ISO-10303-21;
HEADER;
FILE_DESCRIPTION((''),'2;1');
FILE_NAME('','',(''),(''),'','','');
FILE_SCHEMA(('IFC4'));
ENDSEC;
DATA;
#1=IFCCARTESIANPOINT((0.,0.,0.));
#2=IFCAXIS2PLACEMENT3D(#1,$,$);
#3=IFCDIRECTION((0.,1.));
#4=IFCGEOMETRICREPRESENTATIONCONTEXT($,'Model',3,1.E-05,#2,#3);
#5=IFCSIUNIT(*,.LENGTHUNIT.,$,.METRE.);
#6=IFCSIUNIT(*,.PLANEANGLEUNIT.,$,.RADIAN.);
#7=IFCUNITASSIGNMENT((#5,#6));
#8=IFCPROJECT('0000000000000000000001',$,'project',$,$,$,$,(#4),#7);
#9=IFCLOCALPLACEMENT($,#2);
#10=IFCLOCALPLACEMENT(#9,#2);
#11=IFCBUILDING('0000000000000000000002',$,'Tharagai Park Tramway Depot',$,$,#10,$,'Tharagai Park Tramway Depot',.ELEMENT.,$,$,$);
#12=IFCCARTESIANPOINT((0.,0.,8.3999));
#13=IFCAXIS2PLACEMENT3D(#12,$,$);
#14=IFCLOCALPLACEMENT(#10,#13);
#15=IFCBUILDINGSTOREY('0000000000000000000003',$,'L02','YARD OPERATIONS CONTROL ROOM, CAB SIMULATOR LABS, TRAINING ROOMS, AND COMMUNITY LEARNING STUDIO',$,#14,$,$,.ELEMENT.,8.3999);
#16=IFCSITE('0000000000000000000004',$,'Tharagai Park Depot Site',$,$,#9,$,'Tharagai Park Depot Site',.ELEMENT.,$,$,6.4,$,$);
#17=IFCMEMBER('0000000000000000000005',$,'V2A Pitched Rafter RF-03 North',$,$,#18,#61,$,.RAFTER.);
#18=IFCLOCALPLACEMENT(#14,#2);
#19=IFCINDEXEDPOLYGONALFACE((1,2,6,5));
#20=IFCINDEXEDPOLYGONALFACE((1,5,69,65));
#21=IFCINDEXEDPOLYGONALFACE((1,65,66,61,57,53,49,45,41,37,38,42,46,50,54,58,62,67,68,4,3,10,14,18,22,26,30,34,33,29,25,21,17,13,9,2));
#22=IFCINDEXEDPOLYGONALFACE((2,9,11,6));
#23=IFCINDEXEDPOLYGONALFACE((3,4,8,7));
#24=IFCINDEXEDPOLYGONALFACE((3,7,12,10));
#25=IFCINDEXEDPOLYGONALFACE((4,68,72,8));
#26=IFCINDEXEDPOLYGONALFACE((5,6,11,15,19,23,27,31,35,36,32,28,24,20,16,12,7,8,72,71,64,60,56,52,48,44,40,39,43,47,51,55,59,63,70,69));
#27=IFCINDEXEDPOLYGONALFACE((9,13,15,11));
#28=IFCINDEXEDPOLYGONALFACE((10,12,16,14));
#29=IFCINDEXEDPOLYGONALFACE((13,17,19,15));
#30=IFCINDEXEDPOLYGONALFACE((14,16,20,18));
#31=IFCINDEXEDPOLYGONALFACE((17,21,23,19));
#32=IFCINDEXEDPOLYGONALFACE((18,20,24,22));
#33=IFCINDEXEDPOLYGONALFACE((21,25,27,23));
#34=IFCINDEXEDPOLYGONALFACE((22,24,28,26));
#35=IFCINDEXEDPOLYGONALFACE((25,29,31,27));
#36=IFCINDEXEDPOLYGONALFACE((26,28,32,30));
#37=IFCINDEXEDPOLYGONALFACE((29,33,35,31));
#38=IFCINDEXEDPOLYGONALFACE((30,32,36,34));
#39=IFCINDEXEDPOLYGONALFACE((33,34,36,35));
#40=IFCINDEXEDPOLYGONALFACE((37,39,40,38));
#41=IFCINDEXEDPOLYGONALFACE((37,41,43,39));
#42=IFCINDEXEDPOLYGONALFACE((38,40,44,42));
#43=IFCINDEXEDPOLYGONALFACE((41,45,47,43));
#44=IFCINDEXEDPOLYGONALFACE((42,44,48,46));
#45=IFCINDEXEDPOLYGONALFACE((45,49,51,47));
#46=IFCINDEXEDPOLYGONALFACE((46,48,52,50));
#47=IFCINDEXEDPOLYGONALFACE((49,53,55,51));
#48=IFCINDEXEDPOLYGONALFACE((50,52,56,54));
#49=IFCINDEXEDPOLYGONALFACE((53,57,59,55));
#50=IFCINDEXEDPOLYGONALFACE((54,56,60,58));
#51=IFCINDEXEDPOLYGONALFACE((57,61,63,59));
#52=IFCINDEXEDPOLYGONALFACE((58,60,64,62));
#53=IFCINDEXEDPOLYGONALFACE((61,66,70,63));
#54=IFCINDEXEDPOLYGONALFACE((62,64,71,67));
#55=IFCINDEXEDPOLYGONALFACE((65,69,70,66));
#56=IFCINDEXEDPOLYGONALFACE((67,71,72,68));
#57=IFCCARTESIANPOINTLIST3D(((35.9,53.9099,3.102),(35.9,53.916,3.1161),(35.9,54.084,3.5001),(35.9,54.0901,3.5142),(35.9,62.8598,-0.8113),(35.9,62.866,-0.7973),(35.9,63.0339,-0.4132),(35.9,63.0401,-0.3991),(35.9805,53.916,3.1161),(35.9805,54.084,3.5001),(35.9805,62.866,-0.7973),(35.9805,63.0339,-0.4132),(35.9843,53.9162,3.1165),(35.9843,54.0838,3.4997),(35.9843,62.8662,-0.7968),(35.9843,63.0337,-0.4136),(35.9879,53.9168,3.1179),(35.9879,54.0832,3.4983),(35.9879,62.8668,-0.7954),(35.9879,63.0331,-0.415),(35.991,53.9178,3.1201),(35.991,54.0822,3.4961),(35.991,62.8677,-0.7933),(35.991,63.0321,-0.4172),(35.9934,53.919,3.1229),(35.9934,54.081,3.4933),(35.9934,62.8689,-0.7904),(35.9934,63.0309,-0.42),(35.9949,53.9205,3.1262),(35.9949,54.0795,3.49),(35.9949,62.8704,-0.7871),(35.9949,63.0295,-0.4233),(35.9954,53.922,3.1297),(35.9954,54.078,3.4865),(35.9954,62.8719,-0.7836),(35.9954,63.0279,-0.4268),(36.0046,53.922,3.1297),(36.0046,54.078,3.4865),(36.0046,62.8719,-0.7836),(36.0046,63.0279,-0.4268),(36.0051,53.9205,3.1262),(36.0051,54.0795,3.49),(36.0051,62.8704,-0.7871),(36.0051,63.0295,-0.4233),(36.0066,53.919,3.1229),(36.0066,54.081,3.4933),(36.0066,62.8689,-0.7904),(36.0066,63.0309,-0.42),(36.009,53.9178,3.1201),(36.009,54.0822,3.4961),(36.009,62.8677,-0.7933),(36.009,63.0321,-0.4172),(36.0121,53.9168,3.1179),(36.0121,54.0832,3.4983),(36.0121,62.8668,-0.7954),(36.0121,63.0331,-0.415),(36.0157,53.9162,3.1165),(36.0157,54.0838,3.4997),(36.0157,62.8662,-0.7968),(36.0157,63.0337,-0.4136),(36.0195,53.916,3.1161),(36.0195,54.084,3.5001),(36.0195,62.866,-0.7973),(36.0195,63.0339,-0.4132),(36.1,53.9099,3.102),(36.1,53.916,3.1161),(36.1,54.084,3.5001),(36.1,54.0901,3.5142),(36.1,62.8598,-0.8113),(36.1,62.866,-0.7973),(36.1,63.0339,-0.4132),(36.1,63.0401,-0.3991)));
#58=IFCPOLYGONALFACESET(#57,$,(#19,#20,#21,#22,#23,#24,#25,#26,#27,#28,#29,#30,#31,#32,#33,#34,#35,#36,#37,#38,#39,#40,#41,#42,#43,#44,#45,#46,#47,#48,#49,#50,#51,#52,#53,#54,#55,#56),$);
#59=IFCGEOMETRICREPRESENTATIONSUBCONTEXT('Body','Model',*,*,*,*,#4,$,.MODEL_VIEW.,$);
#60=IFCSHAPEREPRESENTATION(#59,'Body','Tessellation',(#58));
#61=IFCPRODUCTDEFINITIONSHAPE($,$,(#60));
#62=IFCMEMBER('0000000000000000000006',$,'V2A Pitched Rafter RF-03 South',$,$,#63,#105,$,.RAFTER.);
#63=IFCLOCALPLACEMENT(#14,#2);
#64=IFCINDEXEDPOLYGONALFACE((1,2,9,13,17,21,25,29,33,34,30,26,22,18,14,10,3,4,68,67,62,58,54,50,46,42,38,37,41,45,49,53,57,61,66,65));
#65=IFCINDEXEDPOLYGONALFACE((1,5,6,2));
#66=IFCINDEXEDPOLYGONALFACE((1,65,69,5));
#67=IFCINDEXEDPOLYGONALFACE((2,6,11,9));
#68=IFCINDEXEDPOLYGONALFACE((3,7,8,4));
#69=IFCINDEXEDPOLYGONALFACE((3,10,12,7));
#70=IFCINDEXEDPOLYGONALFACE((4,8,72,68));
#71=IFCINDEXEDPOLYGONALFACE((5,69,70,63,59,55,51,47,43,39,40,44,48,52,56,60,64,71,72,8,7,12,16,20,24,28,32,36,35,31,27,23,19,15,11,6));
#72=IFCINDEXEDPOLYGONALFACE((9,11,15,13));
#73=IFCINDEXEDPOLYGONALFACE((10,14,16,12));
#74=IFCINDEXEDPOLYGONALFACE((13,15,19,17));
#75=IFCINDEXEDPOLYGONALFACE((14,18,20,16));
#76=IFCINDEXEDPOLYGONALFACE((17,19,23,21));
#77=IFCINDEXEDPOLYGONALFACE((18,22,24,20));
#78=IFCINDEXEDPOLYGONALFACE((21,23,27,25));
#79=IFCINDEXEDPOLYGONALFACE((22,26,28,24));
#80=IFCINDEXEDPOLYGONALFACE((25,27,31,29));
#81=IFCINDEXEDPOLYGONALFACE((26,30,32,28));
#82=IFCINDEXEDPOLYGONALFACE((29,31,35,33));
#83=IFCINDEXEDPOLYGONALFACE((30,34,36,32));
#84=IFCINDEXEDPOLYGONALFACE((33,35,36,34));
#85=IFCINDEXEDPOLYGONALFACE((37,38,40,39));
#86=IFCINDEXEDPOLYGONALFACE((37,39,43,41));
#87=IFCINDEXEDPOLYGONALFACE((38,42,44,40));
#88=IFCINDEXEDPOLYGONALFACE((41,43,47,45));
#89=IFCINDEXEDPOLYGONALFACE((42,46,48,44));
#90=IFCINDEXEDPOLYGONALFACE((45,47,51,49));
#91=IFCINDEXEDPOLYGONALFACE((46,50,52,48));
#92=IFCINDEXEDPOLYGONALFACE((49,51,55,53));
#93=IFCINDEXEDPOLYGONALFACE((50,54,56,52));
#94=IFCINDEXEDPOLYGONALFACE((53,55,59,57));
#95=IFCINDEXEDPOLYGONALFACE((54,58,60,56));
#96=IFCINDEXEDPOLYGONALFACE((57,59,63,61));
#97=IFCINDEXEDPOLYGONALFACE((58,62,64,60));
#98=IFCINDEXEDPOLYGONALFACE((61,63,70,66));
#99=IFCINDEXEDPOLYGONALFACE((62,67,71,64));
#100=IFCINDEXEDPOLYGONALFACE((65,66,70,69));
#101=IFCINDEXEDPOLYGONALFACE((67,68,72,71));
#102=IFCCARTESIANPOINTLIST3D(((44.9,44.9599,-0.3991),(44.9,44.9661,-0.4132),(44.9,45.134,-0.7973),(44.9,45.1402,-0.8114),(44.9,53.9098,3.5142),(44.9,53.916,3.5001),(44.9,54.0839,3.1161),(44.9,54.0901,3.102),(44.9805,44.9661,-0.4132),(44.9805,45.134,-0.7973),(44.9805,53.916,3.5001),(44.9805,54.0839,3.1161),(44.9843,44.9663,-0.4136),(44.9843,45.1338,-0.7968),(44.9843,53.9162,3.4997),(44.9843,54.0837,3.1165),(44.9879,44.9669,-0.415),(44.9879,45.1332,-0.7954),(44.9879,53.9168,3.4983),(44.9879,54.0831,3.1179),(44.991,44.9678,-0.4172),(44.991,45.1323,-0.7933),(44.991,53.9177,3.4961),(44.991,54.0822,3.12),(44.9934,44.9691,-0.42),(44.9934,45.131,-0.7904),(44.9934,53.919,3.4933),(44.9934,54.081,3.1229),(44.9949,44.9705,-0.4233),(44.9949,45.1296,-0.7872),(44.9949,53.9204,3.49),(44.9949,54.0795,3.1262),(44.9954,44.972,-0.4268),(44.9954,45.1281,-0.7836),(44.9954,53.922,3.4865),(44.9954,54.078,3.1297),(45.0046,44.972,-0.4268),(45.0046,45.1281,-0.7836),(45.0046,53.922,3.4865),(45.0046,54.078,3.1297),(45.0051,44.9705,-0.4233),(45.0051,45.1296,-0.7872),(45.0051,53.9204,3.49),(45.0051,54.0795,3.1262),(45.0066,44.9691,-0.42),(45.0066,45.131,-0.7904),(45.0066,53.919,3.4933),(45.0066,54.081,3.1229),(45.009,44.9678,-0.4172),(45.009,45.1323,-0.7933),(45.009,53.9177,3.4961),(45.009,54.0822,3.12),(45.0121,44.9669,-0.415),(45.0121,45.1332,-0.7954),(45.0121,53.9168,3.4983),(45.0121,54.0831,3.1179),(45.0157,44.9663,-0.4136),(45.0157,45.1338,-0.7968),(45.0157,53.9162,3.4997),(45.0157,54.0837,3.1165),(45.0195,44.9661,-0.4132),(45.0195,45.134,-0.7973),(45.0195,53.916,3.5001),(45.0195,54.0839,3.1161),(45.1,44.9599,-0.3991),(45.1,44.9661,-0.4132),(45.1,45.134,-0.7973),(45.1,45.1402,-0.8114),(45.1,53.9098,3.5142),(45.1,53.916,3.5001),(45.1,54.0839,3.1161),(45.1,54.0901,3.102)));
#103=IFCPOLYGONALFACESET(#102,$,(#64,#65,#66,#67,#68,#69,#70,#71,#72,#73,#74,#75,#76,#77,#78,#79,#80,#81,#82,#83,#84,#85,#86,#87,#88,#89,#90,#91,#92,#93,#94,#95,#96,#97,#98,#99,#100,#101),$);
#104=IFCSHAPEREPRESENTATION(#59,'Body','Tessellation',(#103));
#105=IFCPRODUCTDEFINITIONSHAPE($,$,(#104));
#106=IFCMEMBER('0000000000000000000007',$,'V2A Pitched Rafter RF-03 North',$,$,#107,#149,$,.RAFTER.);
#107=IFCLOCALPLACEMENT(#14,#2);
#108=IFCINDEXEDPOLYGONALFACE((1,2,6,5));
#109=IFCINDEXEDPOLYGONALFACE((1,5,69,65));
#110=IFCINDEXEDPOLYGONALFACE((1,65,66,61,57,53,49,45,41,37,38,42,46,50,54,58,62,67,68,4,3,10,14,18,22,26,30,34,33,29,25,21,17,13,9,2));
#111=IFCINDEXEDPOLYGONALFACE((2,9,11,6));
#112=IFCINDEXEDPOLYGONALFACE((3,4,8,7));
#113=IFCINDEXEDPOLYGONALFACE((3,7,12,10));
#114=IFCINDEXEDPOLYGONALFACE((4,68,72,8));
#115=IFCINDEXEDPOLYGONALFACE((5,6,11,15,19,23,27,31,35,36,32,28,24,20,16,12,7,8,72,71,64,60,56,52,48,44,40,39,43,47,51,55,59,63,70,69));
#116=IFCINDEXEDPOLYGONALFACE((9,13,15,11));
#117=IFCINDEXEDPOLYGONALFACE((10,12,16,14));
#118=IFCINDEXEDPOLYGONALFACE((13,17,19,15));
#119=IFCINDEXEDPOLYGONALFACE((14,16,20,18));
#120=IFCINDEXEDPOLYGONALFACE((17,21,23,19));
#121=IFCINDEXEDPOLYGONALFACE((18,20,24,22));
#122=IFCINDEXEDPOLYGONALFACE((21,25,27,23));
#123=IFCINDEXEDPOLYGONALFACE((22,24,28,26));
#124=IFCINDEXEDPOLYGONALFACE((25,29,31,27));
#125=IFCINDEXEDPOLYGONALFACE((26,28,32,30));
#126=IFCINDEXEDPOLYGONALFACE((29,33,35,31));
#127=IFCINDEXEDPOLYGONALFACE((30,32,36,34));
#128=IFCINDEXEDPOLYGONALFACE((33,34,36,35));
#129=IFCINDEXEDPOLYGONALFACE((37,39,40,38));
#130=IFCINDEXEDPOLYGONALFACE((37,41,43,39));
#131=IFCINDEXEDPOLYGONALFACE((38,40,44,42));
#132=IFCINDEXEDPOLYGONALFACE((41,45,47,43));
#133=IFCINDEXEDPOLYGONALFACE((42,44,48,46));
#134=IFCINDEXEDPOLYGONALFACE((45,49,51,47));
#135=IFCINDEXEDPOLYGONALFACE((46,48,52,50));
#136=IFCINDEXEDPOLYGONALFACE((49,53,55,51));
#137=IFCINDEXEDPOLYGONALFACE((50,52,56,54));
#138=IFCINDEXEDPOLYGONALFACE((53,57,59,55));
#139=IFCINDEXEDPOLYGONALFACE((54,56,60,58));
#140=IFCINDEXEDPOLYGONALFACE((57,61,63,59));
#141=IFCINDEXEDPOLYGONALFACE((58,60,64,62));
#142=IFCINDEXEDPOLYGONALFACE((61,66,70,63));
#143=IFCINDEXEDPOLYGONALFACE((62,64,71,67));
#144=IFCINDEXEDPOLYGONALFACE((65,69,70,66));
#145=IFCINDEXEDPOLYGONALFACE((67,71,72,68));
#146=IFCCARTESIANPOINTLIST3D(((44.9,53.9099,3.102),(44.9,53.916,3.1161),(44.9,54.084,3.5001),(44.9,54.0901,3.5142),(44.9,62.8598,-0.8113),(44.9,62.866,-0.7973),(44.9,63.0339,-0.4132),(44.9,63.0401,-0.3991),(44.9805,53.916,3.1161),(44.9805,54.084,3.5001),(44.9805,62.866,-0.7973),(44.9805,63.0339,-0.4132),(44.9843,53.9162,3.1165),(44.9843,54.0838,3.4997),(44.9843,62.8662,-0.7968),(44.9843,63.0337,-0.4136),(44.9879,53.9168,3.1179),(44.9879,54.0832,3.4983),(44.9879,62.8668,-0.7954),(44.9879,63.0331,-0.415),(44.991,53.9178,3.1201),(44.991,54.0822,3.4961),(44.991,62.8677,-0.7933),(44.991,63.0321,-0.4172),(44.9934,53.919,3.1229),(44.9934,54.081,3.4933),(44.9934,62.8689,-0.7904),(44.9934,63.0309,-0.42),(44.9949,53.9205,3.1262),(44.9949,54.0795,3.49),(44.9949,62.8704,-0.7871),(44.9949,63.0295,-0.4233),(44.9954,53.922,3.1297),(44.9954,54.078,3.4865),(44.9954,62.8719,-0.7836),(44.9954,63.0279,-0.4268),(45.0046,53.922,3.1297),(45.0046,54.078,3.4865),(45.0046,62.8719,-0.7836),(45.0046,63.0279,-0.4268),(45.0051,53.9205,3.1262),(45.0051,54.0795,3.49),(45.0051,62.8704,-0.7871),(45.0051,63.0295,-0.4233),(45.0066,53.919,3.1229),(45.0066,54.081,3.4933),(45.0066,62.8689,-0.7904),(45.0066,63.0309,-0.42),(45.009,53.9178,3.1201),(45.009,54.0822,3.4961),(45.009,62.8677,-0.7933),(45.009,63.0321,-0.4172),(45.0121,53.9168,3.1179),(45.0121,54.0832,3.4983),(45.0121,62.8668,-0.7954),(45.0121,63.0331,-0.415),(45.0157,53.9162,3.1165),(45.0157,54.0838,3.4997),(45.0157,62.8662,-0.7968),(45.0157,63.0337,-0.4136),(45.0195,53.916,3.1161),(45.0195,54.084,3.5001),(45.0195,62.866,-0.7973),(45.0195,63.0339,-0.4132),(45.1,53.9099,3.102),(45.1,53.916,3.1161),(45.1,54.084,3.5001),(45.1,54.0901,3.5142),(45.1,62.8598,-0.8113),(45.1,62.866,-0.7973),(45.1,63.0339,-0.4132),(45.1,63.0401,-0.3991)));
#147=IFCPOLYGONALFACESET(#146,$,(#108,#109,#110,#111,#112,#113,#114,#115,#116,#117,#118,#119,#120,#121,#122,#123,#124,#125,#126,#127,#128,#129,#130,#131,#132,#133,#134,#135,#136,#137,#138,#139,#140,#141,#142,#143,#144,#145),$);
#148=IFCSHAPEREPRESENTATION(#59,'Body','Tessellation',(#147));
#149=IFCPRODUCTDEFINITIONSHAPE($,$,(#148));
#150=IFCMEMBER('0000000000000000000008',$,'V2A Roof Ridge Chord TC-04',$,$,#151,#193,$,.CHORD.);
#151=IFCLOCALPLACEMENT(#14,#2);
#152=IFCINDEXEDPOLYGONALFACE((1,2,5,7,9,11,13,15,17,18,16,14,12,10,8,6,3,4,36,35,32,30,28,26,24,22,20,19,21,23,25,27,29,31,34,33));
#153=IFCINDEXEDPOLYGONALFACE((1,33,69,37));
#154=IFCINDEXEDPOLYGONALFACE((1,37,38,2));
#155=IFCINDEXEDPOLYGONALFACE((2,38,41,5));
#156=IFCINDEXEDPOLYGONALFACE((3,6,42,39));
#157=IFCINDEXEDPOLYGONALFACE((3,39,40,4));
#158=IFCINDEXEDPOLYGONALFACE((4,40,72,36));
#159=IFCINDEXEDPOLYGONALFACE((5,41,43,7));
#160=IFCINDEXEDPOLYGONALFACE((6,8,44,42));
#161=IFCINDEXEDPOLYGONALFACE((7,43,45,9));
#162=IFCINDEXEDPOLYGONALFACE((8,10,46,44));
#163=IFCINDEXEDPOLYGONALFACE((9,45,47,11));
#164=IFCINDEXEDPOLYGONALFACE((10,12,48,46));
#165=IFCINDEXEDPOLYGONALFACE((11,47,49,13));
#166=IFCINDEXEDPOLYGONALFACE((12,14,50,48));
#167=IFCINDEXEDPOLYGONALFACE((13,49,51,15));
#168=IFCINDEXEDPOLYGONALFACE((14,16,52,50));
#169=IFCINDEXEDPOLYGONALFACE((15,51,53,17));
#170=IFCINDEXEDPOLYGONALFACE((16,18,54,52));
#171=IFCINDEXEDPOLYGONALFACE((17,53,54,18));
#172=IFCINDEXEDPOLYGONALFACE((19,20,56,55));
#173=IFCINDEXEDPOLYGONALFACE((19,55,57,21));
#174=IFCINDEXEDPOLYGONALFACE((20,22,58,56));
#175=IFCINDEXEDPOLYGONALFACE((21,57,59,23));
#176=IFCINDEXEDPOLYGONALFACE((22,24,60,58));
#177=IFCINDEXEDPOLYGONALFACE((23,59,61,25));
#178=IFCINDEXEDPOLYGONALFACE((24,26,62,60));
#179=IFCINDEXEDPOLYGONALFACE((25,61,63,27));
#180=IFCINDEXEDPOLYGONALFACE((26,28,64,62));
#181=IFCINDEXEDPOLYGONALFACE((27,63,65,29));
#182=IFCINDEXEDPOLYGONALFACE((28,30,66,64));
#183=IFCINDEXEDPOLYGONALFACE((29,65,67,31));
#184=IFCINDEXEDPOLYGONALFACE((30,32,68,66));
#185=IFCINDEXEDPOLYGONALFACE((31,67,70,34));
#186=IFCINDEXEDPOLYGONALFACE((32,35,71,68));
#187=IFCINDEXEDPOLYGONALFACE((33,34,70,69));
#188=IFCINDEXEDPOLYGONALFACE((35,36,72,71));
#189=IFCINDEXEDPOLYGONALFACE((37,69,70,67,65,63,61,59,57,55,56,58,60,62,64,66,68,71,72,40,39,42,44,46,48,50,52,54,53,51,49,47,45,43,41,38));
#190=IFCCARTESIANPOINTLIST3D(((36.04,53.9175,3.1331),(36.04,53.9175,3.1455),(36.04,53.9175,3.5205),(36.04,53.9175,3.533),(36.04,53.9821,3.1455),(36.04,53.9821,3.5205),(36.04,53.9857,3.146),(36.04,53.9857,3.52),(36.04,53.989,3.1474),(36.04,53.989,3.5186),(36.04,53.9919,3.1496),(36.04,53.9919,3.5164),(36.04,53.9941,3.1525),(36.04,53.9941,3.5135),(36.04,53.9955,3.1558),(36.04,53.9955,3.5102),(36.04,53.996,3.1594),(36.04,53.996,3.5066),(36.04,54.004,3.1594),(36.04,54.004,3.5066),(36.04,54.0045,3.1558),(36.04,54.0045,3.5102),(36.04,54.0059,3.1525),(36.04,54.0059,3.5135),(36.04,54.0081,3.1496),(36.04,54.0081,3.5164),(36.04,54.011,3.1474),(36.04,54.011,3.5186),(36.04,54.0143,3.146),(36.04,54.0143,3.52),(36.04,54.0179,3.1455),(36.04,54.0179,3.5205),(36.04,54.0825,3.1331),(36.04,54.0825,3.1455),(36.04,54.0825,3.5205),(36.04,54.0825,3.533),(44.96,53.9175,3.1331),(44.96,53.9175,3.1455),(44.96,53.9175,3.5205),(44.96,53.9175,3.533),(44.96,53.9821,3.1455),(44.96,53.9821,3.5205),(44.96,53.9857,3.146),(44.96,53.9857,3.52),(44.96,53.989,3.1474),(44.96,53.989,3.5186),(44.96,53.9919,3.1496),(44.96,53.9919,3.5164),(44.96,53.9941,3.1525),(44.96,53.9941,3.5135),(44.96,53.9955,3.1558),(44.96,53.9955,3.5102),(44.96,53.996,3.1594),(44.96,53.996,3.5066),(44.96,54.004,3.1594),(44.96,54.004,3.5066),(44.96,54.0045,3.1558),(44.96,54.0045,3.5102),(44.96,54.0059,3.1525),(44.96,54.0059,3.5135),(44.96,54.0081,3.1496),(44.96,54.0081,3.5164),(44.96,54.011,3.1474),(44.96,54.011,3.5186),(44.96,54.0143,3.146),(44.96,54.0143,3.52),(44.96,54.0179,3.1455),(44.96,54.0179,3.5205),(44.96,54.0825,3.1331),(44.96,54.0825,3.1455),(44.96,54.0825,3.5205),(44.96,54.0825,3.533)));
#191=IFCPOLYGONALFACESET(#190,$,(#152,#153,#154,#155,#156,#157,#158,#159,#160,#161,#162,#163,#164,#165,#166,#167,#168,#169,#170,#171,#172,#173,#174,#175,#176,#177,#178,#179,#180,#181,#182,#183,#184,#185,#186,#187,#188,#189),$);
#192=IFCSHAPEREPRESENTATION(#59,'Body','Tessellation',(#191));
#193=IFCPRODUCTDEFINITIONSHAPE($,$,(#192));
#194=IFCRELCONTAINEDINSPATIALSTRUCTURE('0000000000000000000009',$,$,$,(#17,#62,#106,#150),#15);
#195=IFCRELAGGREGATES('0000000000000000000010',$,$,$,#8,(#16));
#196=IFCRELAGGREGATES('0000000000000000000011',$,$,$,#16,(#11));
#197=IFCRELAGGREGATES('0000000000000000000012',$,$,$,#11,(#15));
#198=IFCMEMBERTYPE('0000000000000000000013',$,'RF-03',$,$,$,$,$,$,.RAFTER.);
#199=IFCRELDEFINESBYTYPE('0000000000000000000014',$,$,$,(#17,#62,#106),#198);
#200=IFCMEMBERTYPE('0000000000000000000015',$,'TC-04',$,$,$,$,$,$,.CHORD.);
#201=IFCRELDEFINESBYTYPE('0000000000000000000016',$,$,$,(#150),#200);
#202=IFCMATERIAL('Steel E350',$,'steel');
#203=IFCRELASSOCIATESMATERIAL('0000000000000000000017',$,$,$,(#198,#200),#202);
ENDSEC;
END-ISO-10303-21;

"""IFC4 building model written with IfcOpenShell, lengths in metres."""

from ifc_helpers import new_model, si_unit, direction, frame, origin, origin_2d, place, context, subcontext, project, spatial, i_section, extrude, material, material_profile, profile_set, type_object, element, save


model = new_model("IFC4")

# Units and contexts
model_context = context("Model", 3, precision=1e-05, world=origin(), true_north=direction((0.0, 1.0)))
body_context = subcontext(model_context, "Body", "Model", "MODEL_VIEW")
ifc_project = project(units=[si_unit("LENGTHUNIT", "METRE"), si_unit("PLANEANGLEUNIT", "RADIAN")], contexts=[model_context])

# Site, building, storey
site_placement = place(None, origin())
site = spatial("IfcSite", under=ifc_project, at=site_placement, Name="Tharagai Park Depot Site", LongName="Tharagai Park Depot Site", CompositionType="ELEMENT", RefElevation=6.4)
building_placement = place(site_placement, origin())
building = spatial("IfcBuilding", under=site, at=building_placement, Name="Tharagai Park Tramway Depot", LongName="Tharagai Park Tramway Depot", CompositionType="ELEMENT")
storey_placement = place(building_placement, frame((0.0, 0.0, 8.3999)))
storey = spatial("IfcBuildingStorey", under=building, at=storey_placement, Name="L02", Description="YARD OPERATIONS CONTROL ROOM, CAB SIMULATOR LABS, TRAINING ROOMS, AND COMMUNITY LEARNING STUDIO", CompositionType="ELEMENT", Elevation=8.3999)

# Shared definitions
ifc_material_1 = material(Name="Steel E350", Category="steel")

# Members
ifc_material_profile_1 = material_profile(ifc_material_1, i_section(OverallWidth=0.2, OverallDepth=0.45, WebThickness=0.0093, FlangeThickness=0.0154, FilletRadius=0.0149, at=origin_2d()), Name="ISWB 450")
ifc_profile_set_1 = profile_set([ifc_material_profile_1], Name="Steel E350")
member_type_1 = type_object("IfcMemberType", Name="RF-03", PredefinedType="RAFTER", material=ifc_profile_set_1)
for number, where, z_axis, x_axis, name in (
    (1, (36.0, 54.0, 3.3081), (0.0, 0.916243, -0.400623), (-1.0, 0.0, 0.0), "V2A Pitched Rafter RF-03 North"),
    (2, (45.0, 45.05, -0.6052), (0.0, 0.916243, 0.400623), (-1.0, 0.0, 0.0), "V2A Pitched Rafter RF-03 South"),
    (3, (45.0, 54.0, 3.3081), (0.0, 0.916243, -0.400623), (-1.0, 0.0, 0.0), "V2A Pitched Rafter RF-03 North"),
):
    element("IfcMember", number, at=place(storey_placement, frame(where, z_axis=z_axis, x_axis=x_axis)), inside=storey, type_object=member_type_1, Name=name, PredefinedType="RAFTER", context=body_context, shape_type="SweptSolid", body=[
        extrude(i_section(OverallWidth=0.2, OverallDepth=0.45, WebThickness=0.0093, FlangeThickness=0.0154, FilletRadius=0.0149, at=origin_2d()), origin(), (0.0, 0.0, 1.0), 9.7681),
    ])
ifc_material_profile_2 = material_profile(ifc_material_1, i_section(OverallWidth=0.165, OverallDepth=0.3999, WebThickness=0.0081, FlangeThickness=0.0125, FilletRadius=0.0139, at=origin_2d()), Name="ISLB 400")
ifc_profile_set_2 = profile_set([ifc_material_profile_2], Name="Steel E350")
member_type_2 = type_object("IfcMemberType", Name="TC-04", PredefinedType="CHORD", material=ifc_profile_set_2)
for number, where, z_axis, x_axis, name in (
    (4, (36.04, 54.0, 3.333), (1.0, 0.0, 0.0), (0.0, 1.0, 0.0), "V2A Roof Ridge Chord TC-04"),
):
    element("IfcMember", number, at=place(storey_placement, frame(where, z_axis=z_axis, x_axis=x_axis)), inside=storey, type_object=member_type_2, Name=name, PredefinedType="CHORD", context=body_context, shape_type="SweptSolid", body=[
        extrude(i_section(OverallWidth=0.165, OverallDepth=0.3999, WebThickness=0.0081, FlangeThickness=0.0125, FilletRadius=0.0139, at=origin_2d()), origin(), (0.0, 0.0, 1.0), 8.9199),
    ])

save(model, "model.ifc")
